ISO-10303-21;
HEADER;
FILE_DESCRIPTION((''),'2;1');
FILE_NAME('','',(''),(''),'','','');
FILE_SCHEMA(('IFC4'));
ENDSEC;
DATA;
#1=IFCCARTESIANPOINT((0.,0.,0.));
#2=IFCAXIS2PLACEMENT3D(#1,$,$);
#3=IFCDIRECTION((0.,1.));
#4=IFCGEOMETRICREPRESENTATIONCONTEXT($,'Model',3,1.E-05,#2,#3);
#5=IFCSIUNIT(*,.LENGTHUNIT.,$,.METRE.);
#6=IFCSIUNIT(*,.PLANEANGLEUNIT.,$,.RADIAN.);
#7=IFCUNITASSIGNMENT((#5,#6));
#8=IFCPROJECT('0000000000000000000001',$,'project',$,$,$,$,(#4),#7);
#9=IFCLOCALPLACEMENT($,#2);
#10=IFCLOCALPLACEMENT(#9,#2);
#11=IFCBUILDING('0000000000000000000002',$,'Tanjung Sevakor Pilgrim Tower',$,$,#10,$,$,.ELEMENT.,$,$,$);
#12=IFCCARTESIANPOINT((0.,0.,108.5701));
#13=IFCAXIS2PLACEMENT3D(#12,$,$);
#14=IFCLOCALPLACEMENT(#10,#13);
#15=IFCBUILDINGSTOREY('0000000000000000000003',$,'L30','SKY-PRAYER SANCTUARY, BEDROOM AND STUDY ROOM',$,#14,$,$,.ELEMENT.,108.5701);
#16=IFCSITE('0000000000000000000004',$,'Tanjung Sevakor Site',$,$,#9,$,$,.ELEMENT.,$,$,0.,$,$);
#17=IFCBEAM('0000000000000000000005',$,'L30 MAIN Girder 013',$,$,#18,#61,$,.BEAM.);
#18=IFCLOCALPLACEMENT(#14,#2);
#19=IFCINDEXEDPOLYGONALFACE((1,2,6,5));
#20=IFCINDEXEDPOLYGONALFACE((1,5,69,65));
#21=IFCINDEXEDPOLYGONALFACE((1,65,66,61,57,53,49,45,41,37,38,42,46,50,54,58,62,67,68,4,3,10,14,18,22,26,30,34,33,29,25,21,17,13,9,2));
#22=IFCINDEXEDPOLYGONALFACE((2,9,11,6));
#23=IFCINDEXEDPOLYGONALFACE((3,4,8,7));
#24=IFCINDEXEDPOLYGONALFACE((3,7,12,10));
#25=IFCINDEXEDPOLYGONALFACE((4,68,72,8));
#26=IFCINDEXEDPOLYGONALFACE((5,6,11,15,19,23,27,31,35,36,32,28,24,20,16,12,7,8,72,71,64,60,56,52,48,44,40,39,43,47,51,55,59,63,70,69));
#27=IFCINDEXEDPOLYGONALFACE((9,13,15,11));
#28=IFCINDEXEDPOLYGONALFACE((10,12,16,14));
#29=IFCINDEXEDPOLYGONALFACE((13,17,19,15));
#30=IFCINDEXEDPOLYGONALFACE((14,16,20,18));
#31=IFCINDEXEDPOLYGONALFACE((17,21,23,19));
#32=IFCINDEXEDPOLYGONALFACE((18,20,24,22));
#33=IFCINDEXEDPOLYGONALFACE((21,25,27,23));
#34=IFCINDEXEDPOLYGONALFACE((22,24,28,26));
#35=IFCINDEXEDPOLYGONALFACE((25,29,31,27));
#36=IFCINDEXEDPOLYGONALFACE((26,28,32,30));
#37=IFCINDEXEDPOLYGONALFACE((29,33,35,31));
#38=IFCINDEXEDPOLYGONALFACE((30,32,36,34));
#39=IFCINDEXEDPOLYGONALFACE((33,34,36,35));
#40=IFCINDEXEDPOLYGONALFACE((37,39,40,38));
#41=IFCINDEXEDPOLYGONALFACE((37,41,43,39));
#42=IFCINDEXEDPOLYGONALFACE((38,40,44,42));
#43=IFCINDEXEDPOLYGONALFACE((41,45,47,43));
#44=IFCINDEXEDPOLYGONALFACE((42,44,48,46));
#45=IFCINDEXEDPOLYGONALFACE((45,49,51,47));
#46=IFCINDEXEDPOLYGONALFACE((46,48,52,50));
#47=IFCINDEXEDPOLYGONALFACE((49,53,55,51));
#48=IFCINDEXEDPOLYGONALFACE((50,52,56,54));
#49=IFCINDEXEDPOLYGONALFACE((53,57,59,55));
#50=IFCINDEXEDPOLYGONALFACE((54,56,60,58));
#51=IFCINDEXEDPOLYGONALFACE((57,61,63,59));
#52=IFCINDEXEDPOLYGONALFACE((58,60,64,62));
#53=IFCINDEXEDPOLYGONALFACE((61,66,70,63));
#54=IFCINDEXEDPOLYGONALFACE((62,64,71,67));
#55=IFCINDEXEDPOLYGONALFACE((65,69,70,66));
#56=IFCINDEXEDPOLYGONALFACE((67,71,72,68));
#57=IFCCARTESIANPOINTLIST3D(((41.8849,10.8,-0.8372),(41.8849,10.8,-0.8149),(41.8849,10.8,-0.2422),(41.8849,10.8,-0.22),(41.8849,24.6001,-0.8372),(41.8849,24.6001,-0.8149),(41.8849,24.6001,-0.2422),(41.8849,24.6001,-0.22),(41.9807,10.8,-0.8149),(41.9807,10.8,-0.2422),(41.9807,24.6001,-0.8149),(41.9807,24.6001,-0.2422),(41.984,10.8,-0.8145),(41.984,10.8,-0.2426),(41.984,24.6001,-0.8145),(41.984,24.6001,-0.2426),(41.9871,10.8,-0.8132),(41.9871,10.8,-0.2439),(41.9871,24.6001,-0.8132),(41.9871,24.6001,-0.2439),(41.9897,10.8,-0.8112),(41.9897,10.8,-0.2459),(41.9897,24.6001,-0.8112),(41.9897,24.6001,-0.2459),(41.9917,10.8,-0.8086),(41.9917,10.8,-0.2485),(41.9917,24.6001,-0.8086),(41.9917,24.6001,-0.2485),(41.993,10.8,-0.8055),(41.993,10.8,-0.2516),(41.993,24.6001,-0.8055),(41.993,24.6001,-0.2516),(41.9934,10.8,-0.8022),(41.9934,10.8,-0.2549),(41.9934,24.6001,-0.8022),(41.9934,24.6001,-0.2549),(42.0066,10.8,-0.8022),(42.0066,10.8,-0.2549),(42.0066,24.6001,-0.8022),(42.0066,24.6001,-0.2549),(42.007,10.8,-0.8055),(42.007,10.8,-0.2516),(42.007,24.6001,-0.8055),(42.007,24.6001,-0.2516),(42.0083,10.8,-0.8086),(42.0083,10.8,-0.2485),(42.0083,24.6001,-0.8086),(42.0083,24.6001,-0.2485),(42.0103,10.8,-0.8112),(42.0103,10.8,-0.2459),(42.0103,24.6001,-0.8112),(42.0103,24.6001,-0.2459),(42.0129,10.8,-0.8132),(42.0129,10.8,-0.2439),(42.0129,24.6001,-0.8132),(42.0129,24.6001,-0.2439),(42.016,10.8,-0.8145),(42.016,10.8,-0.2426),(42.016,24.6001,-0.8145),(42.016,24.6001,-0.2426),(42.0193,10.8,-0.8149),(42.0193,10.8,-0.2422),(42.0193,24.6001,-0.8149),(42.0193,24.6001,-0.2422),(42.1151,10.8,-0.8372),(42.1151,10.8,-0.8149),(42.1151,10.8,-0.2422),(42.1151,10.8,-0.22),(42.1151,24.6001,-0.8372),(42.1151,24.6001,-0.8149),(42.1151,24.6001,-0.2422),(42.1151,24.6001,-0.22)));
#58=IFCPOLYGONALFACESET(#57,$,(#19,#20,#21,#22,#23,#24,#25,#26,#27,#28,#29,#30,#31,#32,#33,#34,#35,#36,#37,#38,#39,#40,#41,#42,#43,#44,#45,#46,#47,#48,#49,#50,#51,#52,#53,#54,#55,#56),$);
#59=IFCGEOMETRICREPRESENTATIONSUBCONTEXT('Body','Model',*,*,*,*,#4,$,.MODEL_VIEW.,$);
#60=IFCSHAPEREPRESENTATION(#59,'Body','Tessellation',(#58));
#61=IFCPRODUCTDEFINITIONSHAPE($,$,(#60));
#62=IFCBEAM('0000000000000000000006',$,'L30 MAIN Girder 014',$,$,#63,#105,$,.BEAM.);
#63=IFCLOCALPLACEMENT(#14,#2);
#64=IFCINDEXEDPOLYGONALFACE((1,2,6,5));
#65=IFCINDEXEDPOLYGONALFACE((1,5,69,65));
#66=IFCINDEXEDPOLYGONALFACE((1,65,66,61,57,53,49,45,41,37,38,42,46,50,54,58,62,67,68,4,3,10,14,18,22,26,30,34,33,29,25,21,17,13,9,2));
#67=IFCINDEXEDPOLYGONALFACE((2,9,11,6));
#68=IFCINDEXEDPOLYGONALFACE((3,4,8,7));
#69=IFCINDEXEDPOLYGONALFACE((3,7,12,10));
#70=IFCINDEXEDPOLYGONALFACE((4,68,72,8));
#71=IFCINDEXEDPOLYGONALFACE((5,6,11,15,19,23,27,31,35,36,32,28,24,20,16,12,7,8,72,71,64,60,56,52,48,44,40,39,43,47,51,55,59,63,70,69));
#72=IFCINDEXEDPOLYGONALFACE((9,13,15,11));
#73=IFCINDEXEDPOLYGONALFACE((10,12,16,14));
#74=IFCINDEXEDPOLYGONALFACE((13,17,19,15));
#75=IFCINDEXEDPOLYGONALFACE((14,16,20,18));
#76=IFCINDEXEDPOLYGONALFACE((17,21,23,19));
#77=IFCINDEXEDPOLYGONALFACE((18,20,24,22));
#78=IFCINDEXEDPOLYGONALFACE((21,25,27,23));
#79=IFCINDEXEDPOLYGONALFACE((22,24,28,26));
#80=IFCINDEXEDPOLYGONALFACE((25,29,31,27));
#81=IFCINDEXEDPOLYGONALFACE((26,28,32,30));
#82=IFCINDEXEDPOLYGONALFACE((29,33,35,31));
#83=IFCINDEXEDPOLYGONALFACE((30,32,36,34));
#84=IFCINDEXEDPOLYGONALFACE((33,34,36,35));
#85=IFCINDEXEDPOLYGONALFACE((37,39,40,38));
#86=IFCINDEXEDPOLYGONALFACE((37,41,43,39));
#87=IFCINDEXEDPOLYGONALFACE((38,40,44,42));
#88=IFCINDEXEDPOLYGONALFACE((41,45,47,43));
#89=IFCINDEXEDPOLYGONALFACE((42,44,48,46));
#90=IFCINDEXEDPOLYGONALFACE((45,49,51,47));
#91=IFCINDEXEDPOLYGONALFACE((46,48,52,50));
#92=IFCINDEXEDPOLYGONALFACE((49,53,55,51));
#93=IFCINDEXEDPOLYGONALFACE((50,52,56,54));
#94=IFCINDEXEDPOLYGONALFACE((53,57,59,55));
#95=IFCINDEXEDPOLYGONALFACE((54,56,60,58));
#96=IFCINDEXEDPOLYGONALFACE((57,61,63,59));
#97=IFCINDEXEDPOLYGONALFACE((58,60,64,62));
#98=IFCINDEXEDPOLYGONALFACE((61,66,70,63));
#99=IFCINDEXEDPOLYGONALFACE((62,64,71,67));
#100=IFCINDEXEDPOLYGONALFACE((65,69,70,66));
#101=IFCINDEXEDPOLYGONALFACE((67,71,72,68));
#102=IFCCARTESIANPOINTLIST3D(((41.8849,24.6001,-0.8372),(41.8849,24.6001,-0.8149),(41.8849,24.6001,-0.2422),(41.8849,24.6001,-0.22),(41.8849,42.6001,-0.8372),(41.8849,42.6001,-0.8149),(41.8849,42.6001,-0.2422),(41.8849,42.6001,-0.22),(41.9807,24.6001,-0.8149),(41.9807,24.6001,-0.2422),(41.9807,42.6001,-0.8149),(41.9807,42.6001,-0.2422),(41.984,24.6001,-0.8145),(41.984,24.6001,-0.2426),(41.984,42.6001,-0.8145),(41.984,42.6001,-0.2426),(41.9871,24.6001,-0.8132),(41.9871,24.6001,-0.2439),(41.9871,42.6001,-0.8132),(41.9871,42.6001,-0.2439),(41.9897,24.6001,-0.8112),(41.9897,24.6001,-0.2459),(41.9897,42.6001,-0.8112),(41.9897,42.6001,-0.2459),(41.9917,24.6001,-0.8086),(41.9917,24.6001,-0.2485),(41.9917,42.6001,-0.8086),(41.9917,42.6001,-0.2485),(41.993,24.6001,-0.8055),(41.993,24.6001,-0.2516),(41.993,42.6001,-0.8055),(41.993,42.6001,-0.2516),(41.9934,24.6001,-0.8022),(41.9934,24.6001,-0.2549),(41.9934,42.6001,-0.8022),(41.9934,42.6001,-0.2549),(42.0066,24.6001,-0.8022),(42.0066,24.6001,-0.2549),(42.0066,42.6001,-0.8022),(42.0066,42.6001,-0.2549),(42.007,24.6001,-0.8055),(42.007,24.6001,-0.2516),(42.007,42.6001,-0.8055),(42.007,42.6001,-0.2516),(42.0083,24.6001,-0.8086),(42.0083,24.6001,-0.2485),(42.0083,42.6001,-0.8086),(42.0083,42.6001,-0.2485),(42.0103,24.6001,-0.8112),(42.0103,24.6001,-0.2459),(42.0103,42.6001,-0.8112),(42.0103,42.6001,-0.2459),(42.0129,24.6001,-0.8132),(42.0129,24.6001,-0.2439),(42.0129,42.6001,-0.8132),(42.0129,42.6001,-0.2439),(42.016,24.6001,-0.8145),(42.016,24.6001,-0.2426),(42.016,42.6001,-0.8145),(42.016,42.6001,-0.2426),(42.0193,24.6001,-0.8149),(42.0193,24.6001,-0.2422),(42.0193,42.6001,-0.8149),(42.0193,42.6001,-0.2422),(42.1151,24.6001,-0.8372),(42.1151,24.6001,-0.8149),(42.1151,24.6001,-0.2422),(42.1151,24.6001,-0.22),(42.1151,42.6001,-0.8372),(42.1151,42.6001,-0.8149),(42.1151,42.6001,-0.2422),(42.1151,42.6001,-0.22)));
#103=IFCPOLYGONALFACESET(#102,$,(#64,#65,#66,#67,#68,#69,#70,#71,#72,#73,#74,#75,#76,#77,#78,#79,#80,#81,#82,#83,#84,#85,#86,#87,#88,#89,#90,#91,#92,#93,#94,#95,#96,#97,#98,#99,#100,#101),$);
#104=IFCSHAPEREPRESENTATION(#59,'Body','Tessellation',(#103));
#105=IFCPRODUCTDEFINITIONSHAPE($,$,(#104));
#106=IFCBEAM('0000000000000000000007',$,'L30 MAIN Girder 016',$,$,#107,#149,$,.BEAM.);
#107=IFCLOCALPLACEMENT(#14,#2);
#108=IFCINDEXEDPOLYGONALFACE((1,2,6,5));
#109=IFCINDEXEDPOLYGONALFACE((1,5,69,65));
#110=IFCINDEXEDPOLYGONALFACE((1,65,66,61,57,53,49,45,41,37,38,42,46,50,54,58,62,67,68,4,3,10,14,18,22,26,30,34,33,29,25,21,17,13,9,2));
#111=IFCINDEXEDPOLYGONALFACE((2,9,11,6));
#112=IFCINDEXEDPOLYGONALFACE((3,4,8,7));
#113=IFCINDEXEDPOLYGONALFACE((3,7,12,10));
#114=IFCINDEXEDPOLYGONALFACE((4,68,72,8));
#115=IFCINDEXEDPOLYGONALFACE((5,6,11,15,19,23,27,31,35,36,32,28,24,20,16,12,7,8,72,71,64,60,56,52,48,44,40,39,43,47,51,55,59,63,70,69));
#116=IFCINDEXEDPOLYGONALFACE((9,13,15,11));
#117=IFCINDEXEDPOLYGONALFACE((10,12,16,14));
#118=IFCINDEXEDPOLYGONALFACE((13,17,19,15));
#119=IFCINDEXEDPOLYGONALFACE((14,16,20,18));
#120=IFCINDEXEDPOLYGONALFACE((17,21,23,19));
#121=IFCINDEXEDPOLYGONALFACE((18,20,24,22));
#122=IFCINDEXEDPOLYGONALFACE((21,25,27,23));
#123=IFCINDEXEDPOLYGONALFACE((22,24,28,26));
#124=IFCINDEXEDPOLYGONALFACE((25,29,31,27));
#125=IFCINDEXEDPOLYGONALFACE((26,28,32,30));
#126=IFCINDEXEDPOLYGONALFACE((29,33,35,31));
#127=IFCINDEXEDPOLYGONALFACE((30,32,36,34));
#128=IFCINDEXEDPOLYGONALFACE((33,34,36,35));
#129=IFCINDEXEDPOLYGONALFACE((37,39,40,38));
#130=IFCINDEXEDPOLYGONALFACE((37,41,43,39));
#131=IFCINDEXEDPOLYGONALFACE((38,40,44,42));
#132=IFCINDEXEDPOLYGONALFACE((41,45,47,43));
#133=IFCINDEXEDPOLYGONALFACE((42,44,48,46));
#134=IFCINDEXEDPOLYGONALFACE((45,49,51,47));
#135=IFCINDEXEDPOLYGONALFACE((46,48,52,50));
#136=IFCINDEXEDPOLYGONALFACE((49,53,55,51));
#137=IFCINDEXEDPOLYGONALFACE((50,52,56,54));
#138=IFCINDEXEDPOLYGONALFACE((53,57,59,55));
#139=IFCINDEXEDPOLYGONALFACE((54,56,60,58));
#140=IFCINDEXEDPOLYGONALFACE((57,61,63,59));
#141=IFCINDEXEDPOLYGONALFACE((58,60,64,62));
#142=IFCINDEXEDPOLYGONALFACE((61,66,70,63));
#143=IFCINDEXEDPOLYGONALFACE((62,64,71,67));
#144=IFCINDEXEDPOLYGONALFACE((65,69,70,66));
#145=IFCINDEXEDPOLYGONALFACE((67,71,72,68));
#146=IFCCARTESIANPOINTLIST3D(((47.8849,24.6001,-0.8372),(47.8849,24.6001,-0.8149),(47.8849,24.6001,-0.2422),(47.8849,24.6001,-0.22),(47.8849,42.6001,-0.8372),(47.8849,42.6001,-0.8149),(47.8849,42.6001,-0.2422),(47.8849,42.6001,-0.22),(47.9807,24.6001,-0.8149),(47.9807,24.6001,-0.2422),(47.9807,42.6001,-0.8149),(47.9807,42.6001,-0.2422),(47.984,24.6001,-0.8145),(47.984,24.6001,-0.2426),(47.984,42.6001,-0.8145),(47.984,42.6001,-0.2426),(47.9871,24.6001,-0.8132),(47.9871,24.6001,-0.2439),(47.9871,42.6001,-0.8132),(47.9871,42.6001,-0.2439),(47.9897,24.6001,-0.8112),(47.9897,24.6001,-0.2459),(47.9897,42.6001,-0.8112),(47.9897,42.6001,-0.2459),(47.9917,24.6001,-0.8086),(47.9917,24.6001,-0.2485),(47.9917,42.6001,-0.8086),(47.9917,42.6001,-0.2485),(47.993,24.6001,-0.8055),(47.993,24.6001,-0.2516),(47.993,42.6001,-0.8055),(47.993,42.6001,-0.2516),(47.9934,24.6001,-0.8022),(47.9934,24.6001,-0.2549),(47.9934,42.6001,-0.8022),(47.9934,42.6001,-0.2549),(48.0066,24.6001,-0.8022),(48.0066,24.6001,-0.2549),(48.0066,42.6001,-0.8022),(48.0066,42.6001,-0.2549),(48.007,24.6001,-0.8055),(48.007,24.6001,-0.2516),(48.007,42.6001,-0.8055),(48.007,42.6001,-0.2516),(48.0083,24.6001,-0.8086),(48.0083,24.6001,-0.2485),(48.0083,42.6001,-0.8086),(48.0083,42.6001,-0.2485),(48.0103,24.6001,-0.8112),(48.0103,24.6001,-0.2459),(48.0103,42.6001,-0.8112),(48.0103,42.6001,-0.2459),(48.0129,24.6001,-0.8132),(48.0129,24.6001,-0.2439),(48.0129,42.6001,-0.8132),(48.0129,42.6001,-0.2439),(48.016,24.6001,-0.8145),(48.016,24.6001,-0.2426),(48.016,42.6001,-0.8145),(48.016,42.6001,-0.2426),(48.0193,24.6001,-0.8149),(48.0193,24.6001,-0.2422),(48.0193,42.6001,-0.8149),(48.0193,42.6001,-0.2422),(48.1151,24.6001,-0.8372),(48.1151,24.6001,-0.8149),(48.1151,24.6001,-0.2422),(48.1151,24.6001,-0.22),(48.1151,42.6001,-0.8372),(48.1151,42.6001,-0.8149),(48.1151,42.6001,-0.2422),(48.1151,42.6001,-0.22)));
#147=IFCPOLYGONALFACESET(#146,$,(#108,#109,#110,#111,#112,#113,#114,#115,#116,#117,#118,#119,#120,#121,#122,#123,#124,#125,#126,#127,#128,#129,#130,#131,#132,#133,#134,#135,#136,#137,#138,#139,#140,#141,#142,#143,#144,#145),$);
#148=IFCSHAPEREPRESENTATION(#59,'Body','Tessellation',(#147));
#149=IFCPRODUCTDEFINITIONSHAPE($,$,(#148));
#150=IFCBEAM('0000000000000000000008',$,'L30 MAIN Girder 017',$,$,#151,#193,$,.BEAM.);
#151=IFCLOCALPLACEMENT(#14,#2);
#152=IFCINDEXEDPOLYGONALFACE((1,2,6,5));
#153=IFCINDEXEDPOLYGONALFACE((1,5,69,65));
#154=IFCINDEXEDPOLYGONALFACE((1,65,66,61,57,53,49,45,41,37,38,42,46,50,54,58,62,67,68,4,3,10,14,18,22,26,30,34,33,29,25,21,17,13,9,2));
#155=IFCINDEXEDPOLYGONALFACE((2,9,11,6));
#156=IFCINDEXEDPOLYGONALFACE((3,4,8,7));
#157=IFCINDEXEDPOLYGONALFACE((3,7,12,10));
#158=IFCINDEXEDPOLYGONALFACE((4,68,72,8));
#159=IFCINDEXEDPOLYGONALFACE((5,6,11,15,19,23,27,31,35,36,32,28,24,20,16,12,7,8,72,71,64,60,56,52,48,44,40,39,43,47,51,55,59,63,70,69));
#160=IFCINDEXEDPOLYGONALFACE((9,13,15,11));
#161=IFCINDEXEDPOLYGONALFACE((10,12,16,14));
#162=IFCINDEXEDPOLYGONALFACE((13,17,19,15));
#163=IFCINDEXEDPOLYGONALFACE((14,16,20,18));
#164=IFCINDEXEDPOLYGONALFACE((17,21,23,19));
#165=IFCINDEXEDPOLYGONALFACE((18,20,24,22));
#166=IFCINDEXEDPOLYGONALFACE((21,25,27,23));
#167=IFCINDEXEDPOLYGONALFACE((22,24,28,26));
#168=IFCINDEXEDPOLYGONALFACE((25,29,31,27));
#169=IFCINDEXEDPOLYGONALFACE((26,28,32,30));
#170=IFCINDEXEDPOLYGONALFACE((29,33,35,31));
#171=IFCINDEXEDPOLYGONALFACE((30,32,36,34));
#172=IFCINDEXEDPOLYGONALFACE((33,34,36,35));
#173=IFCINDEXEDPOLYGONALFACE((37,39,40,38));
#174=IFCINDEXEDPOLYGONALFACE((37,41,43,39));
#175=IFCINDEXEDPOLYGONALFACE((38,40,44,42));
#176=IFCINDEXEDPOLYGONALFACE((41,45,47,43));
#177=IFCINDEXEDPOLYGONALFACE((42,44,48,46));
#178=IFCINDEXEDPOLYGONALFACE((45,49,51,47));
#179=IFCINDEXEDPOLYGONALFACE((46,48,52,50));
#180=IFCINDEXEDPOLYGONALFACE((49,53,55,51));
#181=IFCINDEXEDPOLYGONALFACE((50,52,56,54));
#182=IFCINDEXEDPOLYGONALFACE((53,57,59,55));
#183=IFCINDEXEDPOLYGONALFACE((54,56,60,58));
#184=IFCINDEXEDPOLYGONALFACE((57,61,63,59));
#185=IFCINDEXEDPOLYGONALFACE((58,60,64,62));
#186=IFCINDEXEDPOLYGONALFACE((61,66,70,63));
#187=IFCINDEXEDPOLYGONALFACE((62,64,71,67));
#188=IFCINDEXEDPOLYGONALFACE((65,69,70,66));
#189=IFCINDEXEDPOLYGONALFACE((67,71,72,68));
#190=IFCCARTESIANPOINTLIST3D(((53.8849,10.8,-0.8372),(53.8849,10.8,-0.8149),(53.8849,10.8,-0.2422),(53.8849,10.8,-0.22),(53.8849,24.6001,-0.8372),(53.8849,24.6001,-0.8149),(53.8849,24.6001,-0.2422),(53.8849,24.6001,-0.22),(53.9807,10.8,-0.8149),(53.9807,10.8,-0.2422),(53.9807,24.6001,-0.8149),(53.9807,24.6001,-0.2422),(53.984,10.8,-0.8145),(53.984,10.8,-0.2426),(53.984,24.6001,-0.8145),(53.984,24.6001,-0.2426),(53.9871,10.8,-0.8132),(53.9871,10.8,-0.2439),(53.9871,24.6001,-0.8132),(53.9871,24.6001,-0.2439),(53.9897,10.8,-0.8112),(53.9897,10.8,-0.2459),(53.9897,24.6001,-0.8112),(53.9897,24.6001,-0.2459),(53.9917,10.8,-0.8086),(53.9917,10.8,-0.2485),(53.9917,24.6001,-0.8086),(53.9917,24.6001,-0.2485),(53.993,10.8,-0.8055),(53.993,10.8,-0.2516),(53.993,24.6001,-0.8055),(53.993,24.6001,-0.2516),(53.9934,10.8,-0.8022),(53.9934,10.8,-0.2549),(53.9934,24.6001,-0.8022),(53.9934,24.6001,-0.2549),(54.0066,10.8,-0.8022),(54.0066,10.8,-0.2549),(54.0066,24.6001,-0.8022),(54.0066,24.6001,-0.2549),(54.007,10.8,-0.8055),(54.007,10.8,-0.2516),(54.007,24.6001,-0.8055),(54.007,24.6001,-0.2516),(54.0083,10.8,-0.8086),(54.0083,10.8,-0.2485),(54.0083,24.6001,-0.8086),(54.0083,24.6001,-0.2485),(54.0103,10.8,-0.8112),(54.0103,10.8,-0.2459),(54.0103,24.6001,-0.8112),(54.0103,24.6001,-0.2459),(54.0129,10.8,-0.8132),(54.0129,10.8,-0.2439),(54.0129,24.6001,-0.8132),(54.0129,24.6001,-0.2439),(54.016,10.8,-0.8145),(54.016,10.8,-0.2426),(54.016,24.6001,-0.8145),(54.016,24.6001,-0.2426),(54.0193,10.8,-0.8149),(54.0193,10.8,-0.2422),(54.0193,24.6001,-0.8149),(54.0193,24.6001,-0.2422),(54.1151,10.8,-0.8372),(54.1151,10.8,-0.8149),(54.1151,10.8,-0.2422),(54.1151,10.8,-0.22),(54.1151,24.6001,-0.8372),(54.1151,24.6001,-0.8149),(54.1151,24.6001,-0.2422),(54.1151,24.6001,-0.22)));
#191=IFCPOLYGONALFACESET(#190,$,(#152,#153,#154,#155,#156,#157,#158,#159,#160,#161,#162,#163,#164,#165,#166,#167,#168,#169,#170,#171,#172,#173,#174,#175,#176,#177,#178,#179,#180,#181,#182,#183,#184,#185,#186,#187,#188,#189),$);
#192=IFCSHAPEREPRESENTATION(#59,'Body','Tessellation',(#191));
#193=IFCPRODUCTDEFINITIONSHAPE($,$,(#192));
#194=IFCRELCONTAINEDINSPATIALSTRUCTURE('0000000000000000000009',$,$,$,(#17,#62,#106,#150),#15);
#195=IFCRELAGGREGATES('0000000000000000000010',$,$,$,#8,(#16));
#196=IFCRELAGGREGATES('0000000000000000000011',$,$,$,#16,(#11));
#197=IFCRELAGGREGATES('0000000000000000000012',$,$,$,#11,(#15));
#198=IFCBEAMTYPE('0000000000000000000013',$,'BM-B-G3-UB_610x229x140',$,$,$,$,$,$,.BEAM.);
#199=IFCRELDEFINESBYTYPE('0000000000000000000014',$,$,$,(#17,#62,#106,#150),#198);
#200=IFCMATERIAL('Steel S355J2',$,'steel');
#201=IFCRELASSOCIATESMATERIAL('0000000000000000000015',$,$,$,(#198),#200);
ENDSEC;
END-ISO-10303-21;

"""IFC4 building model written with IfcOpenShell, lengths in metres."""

from ifc_helpers import new_model, si_unit, direction, frame, origin, origin_2d, place, context, subcontext, project, spatial, i_section, extrude, material, material_profile, profile_set, type_object, element, save


model = new_model("IFC4")

# Units and contexts
model_context = context("Model", 3, precision=1e-05, world=origin(), true_north=direction((0.0, 1.0)))
body_context = subcontext(model_context, "Body", "Model", "MODEL_VIEW")
ifc_project = project(units=[si_unit("LENGTHUNIT", "METRE"), si_unit("PLANEANGLEUNIT", "RADIAN")], contexts=[model_context])

# Site, building, storey
site_placement = place(None, origin())
site = spatial("IfcSite", under=ifc_project, at=site_placement, Name="Tanjung Sevakor Site", CompositionType="ELEMENT", RefElevation=0.0)
building_placement = place(site_placement, origin())
building = spatial("IfcBuilding", under=site, at=building_placement, Name="Tanjung Sevakor Pilgrim Tower", CompositionType="ELEMENT")
storey_placement = place(building_placement, frame((0.0, 0.0, 108.5701)))
storey = spatial("IfcBuildingStorey", under=building, at=storey_placement, Name="L30", Description="SKY-PRAYER SANCTUARY, BEDROOM AND STUDY ROOM", CompositionType="ELEMENT", Elevation=108.5701)

# Beams
ifc_material_1 = material(Name="Steel S355J2", Category="steel")
ifc_material_profile_1 = material_profile(ifc_material_1, i_section(OverallWidth=0.2302, OverallDepth=0.6172, WebThickness=0.0132, FlangeThickness=0.0222, FilletRadius=0.0127, at=origin_2d()))
ifc_profile_set_1 = profile_set([ifc_material_profile_1], Name="Steel S355J2")
beam_type_1 = type_object("IfcBeamType", Name="BM-B-G3-UB_610x229x140", PredefinedType="BEAM", material=ifc_profile_set_1)
beam_1_placement = place(storey_placement, frame((42.0, 10.8, -0.5286), z_axis=(0.0, 1.0, 0.0), x_axis=(-1.0, 0.0, 0.0)))
element("IfcBeam", 1, at=beam_1_placement, inside=storey, type_object=beam_type_1, Name="L30 MAIN Girder 013", PredefinedType="BEAM", context=body_context, shape_type="SweptSolid", body=[
    extrude(i_section(OverallWidth=0.2302, OverallDepth=0.6172, WebThickness=0.0132, FlangeThickness=0.0222, FilletRadius=0.0127, at=origin_2d()), origin(), (0.0, 0.0, 1.0), 13.8),
])
for number, where, z_axis, x_axis, name in (
    (2, (42.0, 24.6001, -0.5286), (0.0, 1.0, 0.0), (-1.0, 0.0, 0.0), "L30 MAIN Girder 014"),
    (3, (48.0, 24.6001, -0.5286), (0.0, 1.0, 0.0), (-1.0, 0.0, 0.0), "L30 MAIN Girder 016"),
):
    element("IfcBeam", number, at=place(storey_placement, frame(where, z_axis=z_axis, x_axis=x_axis)), inside=storey, type_object=beam_type_1, Name=name, PredefinedType="BEAM", context=body_context, shape_type="SweptSolid", body=[
        extrude(i_section(OverallWidth=0.2302, OverallDepth=0.6172, WebThickness=0.0132, FlangeThickness=0.0222, FilletRadius=0.0127, at=origin_2d()), origin(), (0.0, 0.0, 1.0), 18.0),
    ])
beam_2_placement = place(storey_placement, frame((54.0, 10.8, -0.5286), z_axis=(0.0, 1.0, 0.0), x_axis=(-1.0, 0.0, 0.0)))
element("IfcBeam", 4, at=beam_2_placement, inside=storey, type_object=beam_type_1, Name="L30 MAIN Girder 017", PredefinedType="BEAM", context=body_context, shape_type="SweptSolid", body=[
    extrude(i_section(OverallWidth=0.2302, OverallDepth=0.6172, WebThickness=0.0132, FlangeThickness=0.0222, FilletRadius=0.0127, at=origin_2d()), origin(), (0.0, 0.0, 1.0), 13.8),
])

save(model, "model.ifc")
